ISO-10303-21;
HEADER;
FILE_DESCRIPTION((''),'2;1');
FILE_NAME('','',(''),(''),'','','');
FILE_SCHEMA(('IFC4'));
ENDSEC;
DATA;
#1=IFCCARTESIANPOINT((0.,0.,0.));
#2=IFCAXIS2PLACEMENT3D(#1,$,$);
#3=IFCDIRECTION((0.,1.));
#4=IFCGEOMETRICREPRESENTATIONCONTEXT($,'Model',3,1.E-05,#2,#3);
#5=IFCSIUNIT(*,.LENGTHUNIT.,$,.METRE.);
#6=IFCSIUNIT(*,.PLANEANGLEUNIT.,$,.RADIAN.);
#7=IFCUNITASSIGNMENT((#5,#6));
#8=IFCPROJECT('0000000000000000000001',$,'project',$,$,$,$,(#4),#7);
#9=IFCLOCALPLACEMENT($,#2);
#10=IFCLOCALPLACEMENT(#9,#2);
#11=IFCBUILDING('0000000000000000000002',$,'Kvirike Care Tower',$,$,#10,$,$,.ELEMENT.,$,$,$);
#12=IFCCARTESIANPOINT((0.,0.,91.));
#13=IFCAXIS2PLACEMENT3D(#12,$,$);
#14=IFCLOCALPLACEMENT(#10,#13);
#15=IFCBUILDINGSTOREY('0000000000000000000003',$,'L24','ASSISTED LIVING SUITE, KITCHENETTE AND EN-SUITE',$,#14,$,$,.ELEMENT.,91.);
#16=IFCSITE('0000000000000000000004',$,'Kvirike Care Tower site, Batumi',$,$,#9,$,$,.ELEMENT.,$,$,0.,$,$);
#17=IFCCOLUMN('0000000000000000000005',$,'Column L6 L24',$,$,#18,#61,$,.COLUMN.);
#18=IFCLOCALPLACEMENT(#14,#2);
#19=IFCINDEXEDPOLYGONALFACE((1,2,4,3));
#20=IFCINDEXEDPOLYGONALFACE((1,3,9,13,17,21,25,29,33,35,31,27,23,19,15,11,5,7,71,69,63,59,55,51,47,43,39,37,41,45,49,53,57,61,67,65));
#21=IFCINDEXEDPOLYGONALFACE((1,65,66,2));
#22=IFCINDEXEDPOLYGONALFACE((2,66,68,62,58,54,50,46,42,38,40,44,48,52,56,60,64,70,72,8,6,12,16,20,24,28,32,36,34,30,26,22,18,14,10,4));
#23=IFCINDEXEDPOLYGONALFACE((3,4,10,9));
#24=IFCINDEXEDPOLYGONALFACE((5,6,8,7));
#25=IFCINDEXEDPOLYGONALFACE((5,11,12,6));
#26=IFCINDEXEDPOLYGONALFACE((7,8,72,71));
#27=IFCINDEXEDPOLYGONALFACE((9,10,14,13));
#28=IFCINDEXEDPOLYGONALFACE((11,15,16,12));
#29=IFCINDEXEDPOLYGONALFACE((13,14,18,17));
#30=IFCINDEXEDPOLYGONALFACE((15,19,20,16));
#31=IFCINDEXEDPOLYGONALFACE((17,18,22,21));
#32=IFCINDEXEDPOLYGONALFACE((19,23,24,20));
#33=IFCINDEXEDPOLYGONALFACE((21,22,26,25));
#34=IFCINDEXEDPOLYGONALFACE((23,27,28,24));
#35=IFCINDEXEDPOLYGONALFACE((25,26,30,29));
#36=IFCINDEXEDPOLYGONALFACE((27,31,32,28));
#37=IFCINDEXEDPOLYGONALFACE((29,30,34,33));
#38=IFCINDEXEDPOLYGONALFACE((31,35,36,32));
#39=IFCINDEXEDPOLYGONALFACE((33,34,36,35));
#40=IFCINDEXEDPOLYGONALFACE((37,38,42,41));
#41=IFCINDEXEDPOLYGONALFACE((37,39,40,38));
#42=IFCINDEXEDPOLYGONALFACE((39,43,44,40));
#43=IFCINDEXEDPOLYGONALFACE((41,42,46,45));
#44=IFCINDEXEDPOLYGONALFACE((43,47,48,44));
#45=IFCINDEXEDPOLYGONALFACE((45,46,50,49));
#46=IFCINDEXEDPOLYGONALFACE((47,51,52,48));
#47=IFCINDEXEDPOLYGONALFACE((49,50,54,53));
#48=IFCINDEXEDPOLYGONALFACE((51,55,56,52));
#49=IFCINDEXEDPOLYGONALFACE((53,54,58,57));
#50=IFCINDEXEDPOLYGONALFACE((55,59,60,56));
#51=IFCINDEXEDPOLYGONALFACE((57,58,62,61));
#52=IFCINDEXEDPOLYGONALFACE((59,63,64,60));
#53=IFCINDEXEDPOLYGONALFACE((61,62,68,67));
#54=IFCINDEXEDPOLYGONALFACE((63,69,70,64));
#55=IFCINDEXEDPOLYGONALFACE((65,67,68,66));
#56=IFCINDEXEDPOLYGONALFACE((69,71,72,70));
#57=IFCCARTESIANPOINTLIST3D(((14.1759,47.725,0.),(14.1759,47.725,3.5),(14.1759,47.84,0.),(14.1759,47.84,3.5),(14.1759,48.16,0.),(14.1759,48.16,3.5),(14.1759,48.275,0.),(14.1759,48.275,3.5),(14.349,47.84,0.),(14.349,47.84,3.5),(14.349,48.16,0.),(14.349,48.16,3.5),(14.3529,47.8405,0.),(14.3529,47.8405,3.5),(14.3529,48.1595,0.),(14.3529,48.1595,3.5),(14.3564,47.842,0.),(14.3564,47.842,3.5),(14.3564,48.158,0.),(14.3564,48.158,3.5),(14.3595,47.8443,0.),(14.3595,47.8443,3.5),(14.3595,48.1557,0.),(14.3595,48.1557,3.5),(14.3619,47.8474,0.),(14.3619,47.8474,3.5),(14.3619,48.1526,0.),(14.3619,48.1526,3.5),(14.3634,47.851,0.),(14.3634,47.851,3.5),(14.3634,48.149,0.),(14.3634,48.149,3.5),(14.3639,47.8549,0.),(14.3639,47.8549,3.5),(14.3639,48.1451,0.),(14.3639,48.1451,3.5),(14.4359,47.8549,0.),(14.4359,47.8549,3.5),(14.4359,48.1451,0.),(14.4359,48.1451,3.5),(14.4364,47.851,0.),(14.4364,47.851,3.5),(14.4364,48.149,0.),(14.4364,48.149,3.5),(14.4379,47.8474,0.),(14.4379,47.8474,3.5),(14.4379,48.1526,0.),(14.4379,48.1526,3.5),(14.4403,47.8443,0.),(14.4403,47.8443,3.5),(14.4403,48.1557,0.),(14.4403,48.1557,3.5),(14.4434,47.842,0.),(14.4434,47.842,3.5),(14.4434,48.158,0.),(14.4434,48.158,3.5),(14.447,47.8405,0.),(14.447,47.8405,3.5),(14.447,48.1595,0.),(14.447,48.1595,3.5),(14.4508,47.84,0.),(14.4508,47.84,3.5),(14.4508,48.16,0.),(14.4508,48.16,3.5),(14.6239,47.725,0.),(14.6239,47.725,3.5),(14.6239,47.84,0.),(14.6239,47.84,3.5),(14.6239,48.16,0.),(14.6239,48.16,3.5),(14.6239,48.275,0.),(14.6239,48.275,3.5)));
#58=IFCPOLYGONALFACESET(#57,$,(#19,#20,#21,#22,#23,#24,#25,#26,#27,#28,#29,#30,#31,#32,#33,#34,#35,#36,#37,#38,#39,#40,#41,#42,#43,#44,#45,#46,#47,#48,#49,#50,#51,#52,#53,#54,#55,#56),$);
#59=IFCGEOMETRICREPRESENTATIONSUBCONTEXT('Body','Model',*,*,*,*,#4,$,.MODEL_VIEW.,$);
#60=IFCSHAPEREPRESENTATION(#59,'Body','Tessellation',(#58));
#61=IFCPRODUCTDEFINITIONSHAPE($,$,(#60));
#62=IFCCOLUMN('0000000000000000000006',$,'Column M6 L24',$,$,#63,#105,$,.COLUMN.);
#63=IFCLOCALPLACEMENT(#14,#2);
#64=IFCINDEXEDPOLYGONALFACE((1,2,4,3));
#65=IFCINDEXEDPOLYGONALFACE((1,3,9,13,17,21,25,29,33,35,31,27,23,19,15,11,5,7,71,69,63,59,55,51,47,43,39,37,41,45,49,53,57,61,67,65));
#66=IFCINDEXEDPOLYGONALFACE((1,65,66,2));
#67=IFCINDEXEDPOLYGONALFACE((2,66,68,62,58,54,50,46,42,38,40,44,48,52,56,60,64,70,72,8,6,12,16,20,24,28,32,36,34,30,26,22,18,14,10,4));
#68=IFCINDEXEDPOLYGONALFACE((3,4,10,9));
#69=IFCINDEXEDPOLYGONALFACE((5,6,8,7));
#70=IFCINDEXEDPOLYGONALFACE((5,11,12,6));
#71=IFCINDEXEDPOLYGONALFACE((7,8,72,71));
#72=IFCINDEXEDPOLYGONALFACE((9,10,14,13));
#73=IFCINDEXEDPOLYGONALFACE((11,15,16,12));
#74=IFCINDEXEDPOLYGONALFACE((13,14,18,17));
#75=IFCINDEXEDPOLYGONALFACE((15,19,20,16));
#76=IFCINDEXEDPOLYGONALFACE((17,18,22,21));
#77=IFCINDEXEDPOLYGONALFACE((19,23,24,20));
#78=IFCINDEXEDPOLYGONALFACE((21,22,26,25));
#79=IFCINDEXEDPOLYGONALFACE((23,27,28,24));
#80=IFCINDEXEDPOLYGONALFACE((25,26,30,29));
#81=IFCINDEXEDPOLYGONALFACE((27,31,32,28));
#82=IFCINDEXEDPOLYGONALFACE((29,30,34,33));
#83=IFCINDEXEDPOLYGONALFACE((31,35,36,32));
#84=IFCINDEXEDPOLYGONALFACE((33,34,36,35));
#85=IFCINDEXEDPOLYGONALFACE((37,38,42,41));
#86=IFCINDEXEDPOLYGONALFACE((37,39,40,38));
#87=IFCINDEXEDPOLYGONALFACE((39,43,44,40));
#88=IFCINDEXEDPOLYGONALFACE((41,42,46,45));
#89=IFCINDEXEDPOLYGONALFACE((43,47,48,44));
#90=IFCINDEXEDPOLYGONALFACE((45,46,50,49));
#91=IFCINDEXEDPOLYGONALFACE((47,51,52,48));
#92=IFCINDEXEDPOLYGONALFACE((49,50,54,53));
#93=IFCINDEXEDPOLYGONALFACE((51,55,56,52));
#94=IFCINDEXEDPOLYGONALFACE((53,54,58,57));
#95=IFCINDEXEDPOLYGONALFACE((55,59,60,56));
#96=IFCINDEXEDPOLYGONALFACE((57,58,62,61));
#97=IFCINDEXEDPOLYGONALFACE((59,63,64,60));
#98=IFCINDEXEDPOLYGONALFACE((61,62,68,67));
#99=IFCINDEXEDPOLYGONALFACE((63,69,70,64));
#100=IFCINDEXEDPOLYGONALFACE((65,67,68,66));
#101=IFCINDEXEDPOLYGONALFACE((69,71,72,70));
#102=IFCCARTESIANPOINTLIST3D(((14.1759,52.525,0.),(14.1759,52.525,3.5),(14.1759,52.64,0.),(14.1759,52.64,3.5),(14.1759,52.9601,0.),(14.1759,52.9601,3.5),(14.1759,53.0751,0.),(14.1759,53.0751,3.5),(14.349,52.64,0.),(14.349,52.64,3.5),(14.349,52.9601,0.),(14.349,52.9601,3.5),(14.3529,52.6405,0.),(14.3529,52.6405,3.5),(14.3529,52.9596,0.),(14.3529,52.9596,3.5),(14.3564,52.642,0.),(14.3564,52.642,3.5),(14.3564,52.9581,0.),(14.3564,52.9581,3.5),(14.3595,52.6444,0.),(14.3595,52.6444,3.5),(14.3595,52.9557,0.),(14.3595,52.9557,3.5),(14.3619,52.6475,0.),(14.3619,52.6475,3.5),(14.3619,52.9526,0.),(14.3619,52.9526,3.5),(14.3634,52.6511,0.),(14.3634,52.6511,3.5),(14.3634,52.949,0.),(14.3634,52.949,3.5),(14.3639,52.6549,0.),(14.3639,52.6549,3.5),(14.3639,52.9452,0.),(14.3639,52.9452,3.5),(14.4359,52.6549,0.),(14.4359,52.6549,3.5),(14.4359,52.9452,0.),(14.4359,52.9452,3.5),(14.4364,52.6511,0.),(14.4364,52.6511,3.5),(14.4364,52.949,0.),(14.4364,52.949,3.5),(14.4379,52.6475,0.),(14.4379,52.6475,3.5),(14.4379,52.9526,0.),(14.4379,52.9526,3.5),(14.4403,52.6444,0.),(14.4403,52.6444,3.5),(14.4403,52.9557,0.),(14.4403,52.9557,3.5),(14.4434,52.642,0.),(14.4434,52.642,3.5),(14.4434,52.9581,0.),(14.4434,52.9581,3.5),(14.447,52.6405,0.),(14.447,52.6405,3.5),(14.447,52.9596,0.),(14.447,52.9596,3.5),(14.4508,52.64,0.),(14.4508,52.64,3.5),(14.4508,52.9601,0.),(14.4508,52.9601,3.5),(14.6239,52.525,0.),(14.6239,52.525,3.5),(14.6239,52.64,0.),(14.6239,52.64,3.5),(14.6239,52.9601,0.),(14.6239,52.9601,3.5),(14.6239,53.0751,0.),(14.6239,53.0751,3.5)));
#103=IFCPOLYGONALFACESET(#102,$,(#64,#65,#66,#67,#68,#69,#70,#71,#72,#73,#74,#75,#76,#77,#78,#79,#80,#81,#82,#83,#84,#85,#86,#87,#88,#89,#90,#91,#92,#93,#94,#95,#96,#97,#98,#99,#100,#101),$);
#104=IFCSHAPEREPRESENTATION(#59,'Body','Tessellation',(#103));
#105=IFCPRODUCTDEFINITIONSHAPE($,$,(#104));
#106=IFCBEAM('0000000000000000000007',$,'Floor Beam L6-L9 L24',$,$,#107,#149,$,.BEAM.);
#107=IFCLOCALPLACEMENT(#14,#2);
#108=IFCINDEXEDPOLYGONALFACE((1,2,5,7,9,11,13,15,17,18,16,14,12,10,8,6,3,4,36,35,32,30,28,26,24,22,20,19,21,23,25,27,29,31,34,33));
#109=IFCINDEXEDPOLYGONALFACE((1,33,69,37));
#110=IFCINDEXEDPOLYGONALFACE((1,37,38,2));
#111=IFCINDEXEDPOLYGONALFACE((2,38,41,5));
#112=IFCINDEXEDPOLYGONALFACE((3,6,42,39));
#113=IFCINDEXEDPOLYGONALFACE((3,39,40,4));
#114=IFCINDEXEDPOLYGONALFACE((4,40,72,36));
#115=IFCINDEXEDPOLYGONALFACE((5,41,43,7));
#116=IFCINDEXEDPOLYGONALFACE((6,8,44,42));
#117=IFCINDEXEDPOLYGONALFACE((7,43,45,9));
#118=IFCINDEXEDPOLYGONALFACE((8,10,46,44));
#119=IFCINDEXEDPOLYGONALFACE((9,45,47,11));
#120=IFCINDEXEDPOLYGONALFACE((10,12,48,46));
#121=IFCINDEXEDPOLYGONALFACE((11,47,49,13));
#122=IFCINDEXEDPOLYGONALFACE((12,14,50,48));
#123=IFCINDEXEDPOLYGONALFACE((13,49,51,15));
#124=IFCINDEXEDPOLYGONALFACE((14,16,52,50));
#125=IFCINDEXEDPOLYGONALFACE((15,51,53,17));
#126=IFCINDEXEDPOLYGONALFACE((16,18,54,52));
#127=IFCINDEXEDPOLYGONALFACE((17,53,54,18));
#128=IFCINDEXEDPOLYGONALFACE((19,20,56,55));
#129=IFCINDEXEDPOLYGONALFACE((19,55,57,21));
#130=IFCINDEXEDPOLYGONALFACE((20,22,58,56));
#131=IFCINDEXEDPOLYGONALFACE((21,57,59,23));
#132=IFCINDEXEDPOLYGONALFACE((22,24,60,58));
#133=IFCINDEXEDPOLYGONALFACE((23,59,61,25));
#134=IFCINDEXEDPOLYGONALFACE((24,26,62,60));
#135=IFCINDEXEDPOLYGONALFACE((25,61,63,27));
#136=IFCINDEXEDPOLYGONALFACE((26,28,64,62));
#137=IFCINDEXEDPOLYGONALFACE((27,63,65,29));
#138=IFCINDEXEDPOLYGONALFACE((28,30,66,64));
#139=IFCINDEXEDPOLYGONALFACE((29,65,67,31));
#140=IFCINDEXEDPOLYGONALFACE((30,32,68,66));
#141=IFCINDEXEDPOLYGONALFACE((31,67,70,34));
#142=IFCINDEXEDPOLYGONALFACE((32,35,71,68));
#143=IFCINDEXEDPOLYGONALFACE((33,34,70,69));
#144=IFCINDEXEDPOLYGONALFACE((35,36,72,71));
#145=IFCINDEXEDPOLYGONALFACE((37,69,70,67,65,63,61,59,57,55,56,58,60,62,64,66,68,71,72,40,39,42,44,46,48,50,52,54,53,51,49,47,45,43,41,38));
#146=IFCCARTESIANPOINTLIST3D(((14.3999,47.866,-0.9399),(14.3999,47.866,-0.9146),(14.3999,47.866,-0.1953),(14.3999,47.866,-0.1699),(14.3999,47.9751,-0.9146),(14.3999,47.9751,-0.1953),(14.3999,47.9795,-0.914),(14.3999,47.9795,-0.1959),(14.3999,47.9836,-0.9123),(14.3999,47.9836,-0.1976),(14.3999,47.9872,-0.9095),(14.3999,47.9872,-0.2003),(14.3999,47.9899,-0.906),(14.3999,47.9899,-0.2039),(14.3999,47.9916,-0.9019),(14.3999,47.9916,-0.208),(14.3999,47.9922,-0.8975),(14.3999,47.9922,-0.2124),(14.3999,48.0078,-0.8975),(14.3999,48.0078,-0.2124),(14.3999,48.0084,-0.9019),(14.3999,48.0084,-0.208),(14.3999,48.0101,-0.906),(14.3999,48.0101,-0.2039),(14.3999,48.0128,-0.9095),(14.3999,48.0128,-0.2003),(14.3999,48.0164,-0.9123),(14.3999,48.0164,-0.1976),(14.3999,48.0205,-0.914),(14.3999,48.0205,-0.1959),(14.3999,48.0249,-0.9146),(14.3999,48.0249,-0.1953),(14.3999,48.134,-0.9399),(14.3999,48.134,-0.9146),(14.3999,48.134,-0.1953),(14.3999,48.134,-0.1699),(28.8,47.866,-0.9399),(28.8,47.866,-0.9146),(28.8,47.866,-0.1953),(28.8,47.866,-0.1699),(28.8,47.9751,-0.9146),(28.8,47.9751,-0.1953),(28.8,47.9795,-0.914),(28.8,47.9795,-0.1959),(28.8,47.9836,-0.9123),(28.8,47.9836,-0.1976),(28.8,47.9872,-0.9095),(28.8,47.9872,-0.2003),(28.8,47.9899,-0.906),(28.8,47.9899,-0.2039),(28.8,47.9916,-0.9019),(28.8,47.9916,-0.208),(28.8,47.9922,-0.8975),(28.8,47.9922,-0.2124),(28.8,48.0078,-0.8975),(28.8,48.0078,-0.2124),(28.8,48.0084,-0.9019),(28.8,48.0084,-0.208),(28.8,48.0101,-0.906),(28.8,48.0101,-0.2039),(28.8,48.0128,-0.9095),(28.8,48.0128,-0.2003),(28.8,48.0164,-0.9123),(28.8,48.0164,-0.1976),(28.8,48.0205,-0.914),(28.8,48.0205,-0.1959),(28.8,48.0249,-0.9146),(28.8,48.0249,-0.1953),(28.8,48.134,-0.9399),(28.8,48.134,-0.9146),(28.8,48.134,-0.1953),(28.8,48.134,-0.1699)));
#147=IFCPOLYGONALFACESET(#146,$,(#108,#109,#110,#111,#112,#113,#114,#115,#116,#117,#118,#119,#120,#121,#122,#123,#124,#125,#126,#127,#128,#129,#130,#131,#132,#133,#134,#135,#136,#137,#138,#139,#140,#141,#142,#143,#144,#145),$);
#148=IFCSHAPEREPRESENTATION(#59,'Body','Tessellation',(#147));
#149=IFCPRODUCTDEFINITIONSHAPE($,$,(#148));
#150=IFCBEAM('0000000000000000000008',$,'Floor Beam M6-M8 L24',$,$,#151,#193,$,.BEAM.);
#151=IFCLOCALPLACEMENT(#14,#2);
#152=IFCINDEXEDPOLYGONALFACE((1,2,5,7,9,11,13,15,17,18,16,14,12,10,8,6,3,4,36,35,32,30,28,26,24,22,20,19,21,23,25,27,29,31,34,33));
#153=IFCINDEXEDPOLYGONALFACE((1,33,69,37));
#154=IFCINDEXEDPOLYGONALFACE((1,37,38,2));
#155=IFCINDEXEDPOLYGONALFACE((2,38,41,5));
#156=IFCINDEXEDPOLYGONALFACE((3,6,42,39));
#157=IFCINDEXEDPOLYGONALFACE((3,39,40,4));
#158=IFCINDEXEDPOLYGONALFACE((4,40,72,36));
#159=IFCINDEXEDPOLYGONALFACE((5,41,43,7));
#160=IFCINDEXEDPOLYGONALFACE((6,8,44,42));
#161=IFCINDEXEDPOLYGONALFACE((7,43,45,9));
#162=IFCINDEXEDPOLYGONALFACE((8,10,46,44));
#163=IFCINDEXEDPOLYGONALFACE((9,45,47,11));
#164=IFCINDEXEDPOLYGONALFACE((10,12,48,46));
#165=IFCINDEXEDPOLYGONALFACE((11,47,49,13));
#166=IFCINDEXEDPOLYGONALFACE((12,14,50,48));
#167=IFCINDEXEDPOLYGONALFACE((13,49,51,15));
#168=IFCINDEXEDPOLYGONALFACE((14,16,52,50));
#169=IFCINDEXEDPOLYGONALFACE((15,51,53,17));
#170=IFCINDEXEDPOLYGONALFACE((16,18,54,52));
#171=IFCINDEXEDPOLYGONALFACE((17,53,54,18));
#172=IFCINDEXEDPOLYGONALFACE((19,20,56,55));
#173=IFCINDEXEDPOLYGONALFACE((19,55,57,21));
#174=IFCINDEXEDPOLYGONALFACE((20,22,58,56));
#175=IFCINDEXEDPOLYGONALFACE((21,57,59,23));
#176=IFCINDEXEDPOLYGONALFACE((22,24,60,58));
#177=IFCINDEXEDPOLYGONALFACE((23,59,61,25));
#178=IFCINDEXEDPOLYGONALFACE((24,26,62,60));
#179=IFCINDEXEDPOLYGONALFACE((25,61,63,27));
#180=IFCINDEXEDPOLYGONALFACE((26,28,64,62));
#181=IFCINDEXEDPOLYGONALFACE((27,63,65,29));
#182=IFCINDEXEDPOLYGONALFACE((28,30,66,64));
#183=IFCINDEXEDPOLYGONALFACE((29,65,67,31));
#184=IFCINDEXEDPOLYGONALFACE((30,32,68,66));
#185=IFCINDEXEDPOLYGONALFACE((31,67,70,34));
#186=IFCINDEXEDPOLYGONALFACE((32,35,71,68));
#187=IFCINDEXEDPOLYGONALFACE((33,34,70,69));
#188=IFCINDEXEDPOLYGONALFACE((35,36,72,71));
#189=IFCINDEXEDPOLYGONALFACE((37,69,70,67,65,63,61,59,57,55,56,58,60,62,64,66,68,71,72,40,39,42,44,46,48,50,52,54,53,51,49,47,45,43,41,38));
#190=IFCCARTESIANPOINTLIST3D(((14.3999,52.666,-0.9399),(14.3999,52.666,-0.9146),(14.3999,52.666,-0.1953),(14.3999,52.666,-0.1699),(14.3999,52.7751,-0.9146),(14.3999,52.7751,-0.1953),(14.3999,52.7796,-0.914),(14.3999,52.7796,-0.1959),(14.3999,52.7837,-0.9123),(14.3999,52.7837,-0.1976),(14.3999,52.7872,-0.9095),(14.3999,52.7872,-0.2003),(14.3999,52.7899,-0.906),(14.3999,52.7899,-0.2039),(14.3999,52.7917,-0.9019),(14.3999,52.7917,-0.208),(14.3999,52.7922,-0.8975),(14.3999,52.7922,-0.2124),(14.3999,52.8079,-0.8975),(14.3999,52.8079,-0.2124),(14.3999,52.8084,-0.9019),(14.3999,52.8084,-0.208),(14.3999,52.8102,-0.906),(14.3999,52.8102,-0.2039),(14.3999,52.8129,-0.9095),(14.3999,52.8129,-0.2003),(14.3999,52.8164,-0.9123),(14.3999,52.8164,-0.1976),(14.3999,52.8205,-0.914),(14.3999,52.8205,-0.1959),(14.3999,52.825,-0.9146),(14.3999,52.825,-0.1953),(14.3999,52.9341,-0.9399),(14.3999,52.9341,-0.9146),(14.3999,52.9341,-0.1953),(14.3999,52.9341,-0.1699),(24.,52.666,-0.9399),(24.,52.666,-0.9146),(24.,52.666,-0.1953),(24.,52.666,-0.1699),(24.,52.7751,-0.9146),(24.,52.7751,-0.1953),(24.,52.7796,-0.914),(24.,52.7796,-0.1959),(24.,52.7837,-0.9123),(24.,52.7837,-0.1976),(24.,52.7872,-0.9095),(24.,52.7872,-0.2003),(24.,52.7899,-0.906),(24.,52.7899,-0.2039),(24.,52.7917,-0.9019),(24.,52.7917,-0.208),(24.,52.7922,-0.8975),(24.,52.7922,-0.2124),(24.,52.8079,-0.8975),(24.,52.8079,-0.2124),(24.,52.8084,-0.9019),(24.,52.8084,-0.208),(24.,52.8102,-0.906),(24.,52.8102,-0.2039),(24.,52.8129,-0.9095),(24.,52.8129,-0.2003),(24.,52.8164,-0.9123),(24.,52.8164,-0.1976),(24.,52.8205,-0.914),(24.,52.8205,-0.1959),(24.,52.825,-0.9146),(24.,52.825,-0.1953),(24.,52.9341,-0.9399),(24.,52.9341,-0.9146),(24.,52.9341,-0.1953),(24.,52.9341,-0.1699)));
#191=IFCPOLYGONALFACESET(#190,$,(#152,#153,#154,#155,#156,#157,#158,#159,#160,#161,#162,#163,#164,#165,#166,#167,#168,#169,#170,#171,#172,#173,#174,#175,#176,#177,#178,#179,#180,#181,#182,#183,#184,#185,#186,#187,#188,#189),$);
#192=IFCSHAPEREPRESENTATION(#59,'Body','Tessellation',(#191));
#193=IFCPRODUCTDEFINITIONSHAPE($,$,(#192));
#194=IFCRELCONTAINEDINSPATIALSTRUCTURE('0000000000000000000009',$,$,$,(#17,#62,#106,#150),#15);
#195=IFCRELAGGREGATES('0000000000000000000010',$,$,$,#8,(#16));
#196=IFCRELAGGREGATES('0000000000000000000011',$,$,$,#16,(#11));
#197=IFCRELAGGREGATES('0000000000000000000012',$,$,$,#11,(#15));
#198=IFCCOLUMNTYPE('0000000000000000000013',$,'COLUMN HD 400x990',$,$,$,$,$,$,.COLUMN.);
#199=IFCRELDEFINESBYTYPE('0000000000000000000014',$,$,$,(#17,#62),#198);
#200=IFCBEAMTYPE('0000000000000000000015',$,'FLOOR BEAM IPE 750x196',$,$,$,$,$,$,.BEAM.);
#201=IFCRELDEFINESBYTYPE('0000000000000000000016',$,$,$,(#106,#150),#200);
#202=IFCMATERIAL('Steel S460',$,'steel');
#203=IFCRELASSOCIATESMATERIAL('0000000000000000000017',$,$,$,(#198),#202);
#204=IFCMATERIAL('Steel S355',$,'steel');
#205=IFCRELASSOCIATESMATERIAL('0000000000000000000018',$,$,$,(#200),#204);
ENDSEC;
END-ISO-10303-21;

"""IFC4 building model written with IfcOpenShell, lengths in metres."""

from ifc_helpers import new_model, si_unit, direction, frame, origin, origin_2d, place, context, subcontext, project, spatial, i_section, extrude, material, material_profile, profile_set, type_object, element, save


model = new_model("IFC4")

# Units and contexts
model_context = context("Model", 3, precision=1e-05, world=origin(), true_north=direction((0.0, 1.0)))
body_context = subcontext(model_context, "Body", "Model", "MODEL_VIEW")
ifc_project = project(units=[si_unit("LENGTHUNIT", "METRE"), si_unit("PLANEANGLEUNIT", "RADIAN")], contexts=[model_context])

# Site, building, storey
site_placement = place(None, origin())
site = spatial("IfcSite", under=ifc_project, at=site_placement, Name="Kvirike Care Tower site, Batumi", CompositionType="ELEMENT", RefElevation=0.0)
building_placement = place(site_placement, origin())
building = spatial("IfcBuilding", under=site, at=building_placement, Name="Kvirike Care Tower", CompositionType="ELEMENT")
storey_placement = place(building_placement, frame((0.0, 0.0, 91.0)))
storey = spatial("IfcBuildingStorey", under=building, at=storey_placement, Name="L24", Description="ASSISTED LIVING SUITE, KITCHENETTE AND EN-SUITE", CompositionType="ELEMENT", Elevation=91.0)

# Columns
ifc_material_1 = material(Name="Steel S460", Category="steel")
ifc_material_profile_1 = material_profile(ifc_material_1, i_section(OverallWidth=0.448, OverallDepth=0.55, WebThickness=0.072, FlangeThickness=0.115, FilletRadius=0.0149, at=origin_2d()), Name="HD 400x990")
ifc_profile_set_1 = profile_set([ifc_material_profile_1], Name="Steel S460")
column_type = type_object("IfcColumnType", Name="COLUMN HD 400x990", PredefinedType="COLUMN", material=ifc_profile_set_1)
for number, where, z_axis, x_axis, name in (
    (1, (14.3999, 48.0, 0.0), (0.0, 0.0, 1.0), (1.0, 0.0, 0.0), "Column L6 L24"),
    (2, (14.3999, 52.8, 0.0), (0.0, 0.0, 1.0), (1.0, 0.0, 0.0), "Column M6 L24"),
):
    element("IfcColumn", number, at=place(storey_placement, frame(where, z_axis=z_axis, x_axis=x_axis)), inside=storey, type_object=column_type, Name=name, PredefinedType="COLUMN", context=body_context, shape_type="SweptSolid", body=[
        extrude(i_section(OverallWidth=0.448, OverallDepth=0.55, WebThickness=0.072, FlangeThickness=0.115, FilletRadius=0.0149, at=origin_2d()), origin(), (0.0, 0.0, 1.0), 3.5),
    ])

# Beams
ifc_material_2 = material(Name="Steel S355", Category="steel")
ifc_material_profile_2 = material_profile(ifc_material_2, i_section(OverallWidth=0.2681, OverallDepth=0.77, WebThickness=0.0156, FlangeThickness=0.0254, FilletRadius=0.0171, at=origin_2d()), Name="IPE 750x196")
ifc_profile_set_2 = profile_set([ifc_material_profile_2], Name="Steel S355")
beam_type_1 = type_object("IfcBeamType", Name="FLOOR BEAM IPE 750x196", PredefinedType="BEAM", material=ifc_profile_set_2)
beam_1_placement = place(storey_placement, frame((14.3999, 48.0, -0.5549), z_axis=(1.0, 0.0, 0.0), x_axis=(0.0, 1.0, 0.0)))
element("IfcBeam", 3, at=beam_1_placement, inside=storey, type_object=beam_type_1, Name="Floor Beam L6-L9 L24", PredefinedType="BEAM", context=body_context, shape_type="SweptSolid", body=[
    extrude(i_section(OverallWidth=0.2681, OverallDepth=0.77, WebThickness=0.0156, FlangeThickness=0.0254, FilletRadius=0.0171, at=origin_2d()), origin(), (0.0, 0.0, 1.0), 14.4001),
])
beam_2_placement = place(storey_placement, frame((14.3999, 52.8, -0.5549), z_axis=(1.0, 0.0, 0.0), x_axis=(0.0, 1.0, 0.0)))
element("IfcBeam", 4, at=beam_2_placement, inside=storey, type_object=beam_type_1, Name="Floor Beam M6-M8 L24", PredefinedType="BEAM", context=body_context, shape_type="SweptSolid", body=[
    extrude(i_section(OverallWidth=0.2681, OverallDepth=0.77, WebThickness=0.0156, FlangeThickness=0.0254, FilletRadius=0.0171, at=origin_2d()), origin(), (0.0, 0.0, 1.0), 9.6001),
])

save(model, "model.ifc")
